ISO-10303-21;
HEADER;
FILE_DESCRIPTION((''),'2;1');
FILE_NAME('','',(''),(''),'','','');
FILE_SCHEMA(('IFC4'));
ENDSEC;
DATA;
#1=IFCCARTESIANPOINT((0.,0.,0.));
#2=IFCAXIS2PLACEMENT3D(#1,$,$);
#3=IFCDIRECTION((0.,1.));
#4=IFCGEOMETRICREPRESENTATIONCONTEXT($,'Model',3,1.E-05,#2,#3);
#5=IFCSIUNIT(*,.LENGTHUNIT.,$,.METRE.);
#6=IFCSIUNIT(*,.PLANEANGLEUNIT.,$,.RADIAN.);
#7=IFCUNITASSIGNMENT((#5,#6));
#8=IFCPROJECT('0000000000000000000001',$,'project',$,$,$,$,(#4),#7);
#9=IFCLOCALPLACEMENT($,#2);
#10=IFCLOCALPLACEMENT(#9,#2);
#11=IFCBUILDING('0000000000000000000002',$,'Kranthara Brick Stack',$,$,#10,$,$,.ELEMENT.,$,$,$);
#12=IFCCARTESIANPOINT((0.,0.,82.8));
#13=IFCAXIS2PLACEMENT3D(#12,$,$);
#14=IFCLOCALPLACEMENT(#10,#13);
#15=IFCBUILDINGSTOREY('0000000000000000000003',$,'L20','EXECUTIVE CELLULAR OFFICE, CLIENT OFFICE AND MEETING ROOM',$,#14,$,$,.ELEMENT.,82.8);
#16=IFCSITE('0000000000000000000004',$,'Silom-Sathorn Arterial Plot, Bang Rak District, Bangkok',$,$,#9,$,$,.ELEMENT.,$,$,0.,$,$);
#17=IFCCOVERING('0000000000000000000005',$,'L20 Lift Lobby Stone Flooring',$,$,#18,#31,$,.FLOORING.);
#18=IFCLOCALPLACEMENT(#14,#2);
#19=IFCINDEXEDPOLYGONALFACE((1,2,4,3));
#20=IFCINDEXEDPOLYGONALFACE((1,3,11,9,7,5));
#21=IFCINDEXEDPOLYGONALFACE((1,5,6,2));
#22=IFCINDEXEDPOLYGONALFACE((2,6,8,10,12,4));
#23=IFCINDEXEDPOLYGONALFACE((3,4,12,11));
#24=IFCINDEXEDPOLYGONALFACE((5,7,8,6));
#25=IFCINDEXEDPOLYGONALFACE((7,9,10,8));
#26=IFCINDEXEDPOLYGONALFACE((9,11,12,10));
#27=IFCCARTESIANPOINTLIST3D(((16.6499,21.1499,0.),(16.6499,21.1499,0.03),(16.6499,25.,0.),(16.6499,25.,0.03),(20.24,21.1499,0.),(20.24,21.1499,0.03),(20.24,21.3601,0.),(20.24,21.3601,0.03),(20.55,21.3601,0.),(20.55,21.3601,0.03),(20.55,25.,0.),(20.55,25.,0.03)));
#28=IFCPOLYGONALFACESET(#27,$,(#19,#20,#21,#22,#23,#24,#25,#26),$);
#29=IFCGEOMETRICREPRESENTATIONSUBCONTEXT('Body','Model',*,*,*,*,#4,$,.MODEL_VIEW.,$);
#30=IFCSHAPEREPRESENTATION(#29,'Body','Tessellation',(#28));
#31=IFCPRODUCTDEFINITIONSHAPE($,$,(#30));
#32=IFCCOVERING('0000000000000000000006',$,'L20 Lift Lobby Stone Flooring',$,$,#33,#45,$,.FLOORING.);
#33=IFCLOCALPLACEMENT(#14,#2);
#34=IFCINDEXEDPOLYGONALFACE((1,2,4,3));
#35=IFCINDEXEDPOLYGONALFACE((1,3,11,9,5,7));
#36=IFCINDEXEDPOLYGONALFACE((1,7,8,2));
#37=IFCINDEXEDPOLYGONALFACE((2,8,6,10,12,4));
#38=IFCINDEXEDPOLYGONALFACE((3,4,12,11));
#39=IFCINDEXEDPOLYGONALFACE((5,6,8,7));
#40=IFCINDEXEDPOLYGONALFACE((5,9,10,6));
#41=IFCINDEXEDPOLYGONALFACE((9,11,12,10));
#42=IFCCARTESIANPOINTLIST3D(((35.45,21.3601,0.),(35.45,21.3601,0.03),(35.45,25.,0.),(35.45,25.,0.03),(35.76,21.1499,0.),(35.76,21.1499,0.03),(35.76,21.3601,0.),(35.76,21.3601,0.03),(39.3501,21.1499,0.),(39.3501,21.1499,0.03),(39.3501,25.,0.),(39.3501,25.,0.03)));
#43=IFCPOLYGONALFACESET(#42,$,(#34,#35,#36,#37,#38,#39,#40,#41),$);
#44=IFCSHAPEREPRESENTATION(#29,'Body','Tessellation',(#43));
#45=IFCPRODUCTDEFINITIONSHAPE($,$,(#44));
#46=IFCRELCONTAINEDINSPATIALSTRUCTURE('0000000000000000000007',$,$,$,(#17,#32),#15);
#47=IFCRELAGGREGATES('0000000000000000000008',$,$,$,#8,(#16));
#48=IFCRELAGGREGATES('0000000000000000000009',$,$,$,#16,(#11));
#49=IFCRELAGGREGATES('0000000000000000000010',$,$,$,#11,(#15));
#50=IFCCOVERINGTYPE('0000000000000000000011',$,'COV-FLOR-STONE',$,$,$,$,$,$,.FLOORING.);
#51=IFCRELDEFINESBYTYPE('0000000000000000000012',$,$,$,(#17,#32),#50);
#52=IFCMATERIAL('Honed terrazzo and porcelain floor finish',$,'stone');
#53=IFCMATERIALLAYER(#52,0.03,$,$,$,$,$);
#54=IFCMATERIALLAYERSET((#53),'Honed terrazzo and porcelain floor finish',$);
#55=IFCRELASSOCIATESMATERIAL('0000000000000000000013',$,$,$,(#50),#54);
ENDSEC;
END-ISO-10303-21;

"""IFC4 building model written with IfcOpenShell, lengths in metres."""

from ifc_helpers import new_model, si_unit, direction, frame, origin, place, context, subcontext, project, spatial, polyline, outline, extrude, material, layer, layer_set, type_object, element, save


model = new_model("IFC4")

# Units and contexts
model_context = context("Model", 3, precision=1e-05, world=origin(), true_north=direction((0.0, 1.0)))
body_context = subcontext(model_context, "Body", "Model", "MODEL_VIEW")
ifc_project = project(units=[si_unit("LENGTHUNIT", "METRE"), si_unit("PLANEANGLEUNIT", "RADIAN")], contexts=[model_context])

# Site, building, storey
site_placement = place(None, origin())
site = spatial("IfcSite", under=ifc_project, at=site_placement, Name="Silom-Sathorn Arterial Plot, Bang Rak District, Bangkok", CompositionType="ELEMENT", RefElevation=0.0)
building_placement = place(site_placement, origin())
building = spatial("IfcBuilding", under=site, at=building_placement, Name="Kranthara Brick Stack", CompositionType="ELEMENT")
storey_placement = place(building_placement, frame((0.0, 0.0, 82.8)))
storey = spatial("IfcBuildingStorey", under=building, at=storey_placement, Name="L20", Description="EXECUTIVE CELLULAR OFFICE, CLIENT OFFICE AND MEETING ROOM", CompositionType="ELEMENT", Elevation=82.8)

# Coverings
ifc_material_1 = material(Name="Honed terrazzo and porcelain floor finish", Category="stone")
ifc_layer_1 = layer(ifc_material_1, 0.03)
ifc_layer_set_1 = layer_set([ifc_layer_1], Name="Honed terrazzo and porcelain floor finish")
covering_type_1 = type_object("IfcCoveringType", Name="COV-FLOR-STONE", PredefinedType="FLOORING", material=ifc_layer_set_1)
covering_1_placement = place(storey_placement, origin())
element("IfcCovering", 1, at=covering_1_placement, inside=storey, type_object=covering_type_1, Name="L20 Lift Lobby Stone Flooring", PredefinedType="FLOORING", context=body_context, shape_type="SweptSolid", body=[
    extrude(outline(polyline([(16.6499, 21.1499), (16.6499, 25.0), (20.55, 25.0), (20.55, 21.3601), (20.24, 21.3601), (20.24, 21.1499), (16.6499, 21.1499)])), origin(), (0.0, 0.0, 1.0), 0.03),
])
covering_2_placement = place(storey_placement, origin())
element("IfcCovering", 2, at=covering_2_placement, inside=storey, type_object=covering_type_1, Name="L20 Lift Lobby Stone Flooring", PredefinedType="FLOORING", context=body_context, shape_type="SweptSolid", body=[
    extrude(outline(polyline([(35.45, 25.0), (39.3501, 25.0), (39.3501, 21.1499), (35.76, 21.1499), (35.76, 21.3601), (35.45, 21.3601), (35.45, 25.0)])), origin(), (0.0, 0.0, 1.0), 0.03),
])

save(model, "model.ifc")
